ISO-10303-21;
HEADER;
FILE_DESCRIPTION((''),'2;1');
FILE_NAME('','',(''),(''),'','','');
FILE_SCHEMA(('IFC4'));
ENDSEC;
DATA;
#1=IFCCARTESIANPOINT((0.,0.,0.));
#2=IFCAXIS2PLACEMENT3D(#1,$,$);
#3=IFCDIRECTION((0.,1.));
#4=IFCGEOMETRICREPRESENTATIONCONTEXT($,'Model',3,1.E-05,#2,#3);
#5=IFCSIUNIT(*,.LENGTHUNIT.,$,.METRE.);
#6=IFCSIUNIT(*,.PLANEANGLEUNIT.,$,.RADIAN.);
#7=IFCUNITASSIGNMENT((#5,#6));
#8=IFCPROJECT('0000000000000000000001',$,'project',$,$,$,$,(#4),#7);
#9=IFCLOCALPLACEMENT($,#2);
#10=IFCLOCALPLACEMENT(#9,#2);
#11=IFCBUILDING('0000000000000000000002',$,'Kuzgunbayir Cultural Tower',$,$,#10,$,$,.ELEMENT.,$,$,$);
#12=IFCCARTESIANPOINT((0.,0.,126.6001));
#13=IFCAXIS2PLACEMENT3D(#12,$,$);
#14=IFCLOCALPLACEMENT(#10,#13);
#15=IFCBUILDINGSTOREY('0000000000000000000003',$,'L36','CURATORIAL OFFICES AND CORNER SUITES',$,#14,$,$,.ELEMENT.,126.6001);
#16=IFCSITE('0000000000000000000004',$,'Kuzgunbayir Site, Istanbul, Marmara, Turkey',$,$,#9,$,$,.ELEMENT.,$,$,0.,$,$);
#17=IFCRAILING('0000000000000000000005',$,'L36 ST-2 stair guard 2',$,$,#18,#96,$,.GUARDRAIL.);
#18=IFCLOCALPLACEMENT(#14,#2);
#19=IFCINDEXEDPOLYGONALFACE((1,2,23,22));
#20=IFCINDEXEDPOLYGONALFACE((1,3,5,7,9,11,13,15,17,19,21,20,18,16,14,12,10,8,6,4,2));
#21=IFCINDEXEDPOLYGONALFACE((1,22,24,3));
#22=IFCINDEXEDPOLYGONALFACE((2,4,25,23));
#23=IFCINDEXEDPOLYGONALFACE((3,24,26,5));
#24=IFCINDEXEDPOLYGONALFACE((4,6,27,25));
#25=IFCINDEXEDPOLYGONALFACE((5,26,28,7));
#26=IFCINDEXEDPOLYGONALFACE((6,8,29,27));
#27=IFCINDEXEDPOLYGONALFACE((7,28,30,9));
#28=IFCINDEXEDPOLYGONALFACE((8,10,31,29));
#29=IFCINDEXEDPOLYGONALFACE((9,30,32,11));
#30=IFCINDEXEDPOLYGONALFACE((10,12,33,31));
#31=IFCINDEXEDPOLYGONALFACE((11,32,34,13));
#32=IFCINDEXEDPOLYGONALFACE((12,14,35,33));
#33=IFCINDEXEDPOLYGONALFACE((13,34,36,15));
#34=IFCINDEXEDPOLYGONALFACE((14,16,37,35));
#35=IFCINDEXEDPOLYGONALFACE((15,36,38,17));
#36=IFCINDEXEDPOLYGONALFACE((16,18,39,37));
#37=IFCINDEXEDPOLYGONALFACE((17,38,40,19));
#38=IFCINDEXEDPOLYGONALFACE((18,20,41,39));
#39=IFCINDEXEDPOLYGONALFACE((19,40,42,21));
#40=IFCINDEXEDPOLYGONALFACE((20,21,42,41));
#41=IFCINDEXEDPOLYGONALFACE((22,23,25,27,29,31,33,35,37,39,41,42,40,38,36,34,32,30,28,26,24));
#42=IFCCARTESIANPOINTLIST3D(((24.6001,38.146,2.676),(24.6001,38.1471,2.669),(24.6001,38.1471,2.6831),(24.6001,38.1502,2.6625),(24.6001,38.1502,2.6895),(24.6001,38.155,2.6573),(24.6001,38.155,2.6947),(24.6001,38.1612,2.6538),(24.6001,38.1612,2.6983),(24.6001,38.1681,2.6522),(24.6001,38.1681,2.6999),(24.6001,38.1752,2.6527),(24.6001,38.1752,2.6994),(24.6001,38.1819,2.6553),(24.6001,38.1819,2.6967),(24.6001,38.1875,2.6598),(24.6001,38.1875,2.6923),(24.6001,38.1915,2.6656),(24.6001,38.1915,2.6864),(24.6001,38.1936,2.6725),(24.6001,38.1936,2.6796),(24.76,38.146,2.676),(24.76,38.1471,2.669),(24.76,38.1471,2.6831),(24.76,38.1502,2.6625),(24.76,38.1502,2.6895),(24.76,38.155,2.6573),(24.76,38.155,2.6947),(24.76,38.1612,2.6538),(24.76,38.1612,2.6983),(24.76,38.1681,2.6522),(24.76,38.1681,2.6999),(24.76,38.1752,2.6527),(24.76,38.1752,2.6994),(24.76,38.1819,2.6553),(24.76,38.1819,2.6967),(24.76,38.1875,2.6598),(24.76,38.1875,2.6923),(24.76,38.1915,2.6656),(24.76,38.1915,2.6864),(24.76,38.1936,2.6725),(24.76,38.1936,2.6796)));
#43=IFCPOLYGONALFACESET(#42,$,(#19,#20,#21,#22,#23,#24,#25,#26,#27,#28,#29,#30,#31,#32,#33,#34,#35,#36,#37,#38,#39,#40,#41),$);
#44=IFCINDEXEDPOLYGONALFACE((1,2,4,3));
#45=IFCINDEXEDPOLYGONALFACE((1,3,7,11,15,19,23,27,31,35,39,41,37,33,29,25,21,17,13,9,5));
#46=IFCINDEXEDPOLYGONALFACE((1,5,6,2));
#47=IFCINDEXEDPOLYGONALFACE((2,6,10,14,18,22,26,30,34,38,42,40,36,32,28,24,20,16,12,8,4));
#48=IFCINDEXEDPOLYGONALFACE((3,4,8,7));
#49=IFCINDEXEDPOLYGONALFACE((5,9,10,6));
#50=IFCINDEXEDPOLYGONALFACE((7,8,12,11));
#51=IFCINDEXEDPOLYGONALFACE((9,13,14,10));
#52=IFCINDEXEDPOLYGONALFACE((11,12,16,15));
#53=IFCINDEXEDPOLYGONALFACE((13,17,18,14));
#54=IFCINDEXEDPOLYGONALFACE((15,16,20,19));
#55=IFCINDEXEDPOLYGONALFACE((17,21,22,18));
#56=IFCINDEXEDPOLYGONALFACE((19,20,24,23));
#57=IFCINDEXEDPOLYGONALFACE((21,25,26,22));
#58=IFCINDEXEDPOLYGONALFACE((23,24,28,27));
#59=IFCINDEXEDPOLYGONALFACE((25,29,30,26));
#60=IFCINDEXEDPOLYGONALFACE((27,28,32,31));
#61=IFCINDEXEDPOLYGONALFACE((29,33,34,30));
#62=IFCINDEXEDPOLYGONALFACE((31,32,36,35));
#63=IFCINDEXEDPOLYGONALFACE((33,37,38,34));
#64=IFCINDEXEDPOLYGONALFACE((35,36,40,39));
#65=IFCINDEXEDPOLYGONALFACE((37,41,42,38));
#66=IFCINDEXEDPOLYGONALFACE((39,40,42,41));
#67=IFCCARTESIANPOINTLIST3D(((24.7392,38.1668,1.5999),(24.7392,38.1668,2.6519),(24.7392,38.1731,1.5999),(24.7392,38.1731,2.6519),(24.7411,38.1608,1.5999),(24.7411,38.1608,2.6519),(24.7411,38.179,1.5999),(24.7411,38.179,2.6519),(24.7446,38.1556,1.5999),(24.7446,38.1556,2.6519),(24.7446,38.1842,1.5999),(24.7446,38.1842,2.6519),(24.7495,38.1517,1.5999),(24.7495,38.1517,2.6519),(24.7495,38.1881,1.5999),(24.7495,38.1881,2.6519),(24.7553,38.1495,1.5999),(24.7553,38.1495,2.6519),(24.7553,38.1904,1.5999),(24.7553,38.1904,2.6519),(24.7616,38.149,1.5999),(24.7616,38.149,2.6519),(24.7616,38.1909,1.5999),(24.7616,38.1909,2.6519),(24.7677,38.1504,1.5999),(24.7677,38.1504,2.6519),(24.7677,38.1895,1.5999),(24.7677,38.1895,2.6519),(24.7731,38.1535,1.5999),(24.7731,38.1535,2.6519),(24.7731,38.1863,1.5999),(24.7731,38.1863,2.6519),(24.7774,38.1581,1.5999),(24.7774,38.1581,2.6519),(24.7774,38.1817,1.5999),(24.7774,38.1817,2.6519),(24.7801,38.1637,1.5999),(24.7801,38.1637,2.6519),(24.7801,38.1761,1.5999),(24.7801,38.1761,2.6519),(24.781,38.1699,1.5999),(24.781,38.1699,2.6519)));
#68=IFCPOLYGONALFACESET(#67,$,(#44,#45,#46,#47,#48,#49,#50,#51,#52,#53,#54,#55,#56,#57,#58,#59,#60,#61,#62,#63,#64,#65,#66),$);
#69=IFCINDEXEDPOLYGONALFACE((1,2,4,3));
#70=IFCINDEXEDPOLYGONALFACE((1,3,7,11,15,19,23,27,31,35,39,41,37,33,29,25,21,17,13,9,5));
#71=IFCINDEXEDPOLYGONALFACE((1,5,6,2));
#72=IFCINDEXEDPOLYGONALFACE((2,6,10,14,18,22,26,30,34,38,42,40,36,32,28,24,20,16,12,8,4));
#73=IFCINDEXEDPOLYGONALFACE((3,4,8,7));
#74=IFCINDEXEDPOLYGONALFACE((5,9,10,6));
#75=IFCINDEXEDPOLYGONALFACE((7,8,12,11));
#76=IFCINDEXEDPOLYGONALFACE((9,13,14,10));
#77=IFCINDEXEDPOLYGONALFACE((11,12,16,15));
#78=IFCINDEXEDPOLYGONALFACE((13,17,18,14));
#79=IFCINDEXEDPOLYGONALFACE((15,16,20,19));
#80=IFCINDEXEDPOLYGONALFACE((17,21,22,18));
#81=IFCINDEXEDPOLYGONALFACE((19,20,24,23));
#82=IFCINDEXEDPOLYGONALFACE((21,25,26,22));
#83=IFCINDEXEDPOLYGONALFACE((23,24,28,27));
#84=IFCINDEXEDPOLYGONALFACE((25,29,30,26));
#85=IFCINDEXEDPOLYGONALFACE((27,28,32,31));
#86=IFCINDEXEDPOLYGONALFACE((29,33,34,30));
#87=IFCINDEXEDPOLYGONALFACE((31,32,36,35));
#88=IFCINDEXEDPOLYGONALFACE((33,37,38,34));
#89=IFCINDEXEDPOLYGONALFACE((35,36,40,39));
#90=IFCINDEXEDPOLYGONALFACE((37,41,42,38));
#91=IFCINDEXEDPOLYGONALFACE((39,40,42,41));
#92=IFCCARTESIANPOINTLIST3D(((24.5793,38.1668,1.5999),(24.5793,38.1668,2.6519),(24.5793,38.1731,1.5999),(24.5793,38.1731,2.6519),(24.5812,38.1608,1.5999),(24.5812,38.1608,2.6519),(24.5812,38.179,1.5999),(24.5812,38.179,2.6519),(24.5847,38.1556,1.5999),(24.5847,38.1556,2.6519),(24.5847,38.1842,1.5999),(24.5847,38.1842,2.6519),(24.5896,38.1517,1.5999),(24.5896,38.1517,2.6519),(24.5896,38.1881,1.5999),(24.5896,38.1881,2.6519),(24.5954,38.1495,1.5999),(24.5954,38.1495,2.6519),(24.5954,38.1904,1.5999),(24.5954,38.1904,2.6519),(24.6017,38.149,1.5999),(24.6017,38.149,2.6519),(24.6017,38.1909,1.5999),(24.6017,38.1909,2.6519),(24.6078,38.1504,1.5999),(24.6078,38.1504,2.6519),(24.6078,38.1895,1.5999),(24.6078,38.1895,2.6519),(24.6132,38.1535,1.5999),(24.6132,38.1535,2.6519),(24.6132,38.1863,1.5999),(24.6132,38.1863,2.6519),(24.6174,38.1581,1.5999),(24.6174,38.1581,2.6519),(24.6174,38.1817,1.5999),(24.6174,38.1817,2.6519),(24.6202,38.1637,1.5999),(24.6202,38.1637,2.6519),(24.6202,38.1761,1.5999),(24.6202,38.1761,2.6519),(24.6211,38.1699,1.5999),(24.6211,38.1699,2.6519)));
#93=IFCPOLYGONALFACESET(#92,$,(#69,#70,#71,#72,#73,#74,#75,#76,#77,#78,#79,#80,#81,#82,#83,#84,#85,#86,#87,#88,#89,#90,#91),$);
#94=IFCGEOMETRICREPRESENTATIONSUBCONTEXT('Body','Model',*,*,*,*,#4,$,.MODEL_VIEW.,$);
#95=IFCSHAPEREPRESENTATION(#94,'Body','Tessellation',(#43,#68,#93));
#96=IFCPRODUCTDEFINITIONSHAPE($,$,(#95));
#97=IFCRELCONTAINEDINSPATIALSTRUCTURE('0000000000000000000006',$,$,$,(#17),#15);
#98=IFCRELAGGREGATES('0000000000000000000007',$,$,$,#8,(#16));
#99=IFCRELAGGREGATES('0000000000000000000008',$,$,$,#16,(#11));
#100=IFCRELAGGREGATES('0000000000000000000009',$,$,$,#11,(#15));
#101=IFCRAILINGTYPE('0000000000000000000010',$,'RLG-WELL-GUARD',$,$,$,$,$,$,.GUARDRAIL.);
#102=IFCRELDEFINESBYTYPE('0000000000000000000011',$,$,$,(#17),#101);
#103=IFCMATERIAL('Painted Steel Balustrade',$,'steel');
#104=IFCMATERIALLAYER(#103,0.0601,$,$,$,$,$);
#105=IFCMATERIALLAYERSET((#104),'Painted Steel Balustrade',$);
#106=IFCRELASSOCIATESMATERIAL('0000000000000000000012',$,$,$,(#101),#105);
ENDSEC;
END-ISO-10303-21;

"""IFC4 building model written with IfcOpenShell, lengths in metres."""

from ifc_helpers import new_model, si_unit, direction, frame, origin, origin_2d, place, context, subcontext, project, spatial, circle, extrude, material, layer, layer_set, type_object, element, save


model = new_model("IFC4")

# Units and contexts
model_context = context("Model", 3, precision=1e-05, world=origin(), true_north=direction((0.0, 1.0)))
body_context = subcontext(model_context, "Body", "Model", "MODEL_VIEW")
ifc_project = project(units=[si_unit("LENGTHUNIT", "METRE"), si_unit("PLANEANGLEUNIT", "RADIAN")], contexts=[model_context])

# Site, building, storey
site_placement = place(None, origin())
site = spatial("IfcSite", under=ifc_project, at=site_placement, Name="Kuzgunbayir Site, Istanbul, Marmara, Turkey", CompositionType="ELEMENT", RefElevation=0.0)
building_placement = place(site_placement, origin())
building = spatial("IfcBuilding", under=site, at=building_placement, Name="Kuzgunbayir Cultural Tower", CompositionType="ELEMENT")
storey_placement = place(building_placement, frame((0.0, 0.0, 126.6001)))
storey = spatial("IfcBuildingStorey", under=building, at=storey_placement, Name="L36", Description="CURATORIAL OFFICES AND CORNER SUITES", CompositionType="ELEMENT", Elevation=126.6001)

# Railing
ifc_material_1 = material(Name="Painted Steel Balustrade", Category="steel")
ifc_layer_1 = layer(ifc_material_1, 0.0601)
ifc_layer_set_1 = layer_set([ifc_layer_1], Name="Painted Steel Balustrade")
railing_type_1 = type_object("IfcRailingType", Name="RLG-WELL-GUARD", PredefinedType="GUARDRAIL", material=ifc_layer_set_1)
railing_1_placement = place(storey_placement, frame((24.76, 38.1699, 1.5999)))
element("IfcRailing", 1, at=railing_1_placement, inside=storey, type_object=railing_type_1, Name="L36 ST-2 stair guard 2", PredefinedType="GUARDRAIL", context=body_context, shape_type="SweptSolid", body=[
    extrude(circle(Radius=0.0239, at=origin_2d()), frame((0.0, 0.0, 1.0762), z_axis=(-1.0, 0.0, 0.0), x_axis=(0.0, -1.0, 0.0)), (0.0, 0.0, 1.0), 0.1599),
    extrude(circle(Radius=0.021, at=origin_2d()), origin(), (0.0, 0.0, 1.0), 1.052),
    extrude(circle(Radius=0.021, at=origin_2d()), frame((-0.1599, 0.0, 0.0)), (0.0, 0.0, 1.0), 1.052),
])

save(model, "model.ifc")
